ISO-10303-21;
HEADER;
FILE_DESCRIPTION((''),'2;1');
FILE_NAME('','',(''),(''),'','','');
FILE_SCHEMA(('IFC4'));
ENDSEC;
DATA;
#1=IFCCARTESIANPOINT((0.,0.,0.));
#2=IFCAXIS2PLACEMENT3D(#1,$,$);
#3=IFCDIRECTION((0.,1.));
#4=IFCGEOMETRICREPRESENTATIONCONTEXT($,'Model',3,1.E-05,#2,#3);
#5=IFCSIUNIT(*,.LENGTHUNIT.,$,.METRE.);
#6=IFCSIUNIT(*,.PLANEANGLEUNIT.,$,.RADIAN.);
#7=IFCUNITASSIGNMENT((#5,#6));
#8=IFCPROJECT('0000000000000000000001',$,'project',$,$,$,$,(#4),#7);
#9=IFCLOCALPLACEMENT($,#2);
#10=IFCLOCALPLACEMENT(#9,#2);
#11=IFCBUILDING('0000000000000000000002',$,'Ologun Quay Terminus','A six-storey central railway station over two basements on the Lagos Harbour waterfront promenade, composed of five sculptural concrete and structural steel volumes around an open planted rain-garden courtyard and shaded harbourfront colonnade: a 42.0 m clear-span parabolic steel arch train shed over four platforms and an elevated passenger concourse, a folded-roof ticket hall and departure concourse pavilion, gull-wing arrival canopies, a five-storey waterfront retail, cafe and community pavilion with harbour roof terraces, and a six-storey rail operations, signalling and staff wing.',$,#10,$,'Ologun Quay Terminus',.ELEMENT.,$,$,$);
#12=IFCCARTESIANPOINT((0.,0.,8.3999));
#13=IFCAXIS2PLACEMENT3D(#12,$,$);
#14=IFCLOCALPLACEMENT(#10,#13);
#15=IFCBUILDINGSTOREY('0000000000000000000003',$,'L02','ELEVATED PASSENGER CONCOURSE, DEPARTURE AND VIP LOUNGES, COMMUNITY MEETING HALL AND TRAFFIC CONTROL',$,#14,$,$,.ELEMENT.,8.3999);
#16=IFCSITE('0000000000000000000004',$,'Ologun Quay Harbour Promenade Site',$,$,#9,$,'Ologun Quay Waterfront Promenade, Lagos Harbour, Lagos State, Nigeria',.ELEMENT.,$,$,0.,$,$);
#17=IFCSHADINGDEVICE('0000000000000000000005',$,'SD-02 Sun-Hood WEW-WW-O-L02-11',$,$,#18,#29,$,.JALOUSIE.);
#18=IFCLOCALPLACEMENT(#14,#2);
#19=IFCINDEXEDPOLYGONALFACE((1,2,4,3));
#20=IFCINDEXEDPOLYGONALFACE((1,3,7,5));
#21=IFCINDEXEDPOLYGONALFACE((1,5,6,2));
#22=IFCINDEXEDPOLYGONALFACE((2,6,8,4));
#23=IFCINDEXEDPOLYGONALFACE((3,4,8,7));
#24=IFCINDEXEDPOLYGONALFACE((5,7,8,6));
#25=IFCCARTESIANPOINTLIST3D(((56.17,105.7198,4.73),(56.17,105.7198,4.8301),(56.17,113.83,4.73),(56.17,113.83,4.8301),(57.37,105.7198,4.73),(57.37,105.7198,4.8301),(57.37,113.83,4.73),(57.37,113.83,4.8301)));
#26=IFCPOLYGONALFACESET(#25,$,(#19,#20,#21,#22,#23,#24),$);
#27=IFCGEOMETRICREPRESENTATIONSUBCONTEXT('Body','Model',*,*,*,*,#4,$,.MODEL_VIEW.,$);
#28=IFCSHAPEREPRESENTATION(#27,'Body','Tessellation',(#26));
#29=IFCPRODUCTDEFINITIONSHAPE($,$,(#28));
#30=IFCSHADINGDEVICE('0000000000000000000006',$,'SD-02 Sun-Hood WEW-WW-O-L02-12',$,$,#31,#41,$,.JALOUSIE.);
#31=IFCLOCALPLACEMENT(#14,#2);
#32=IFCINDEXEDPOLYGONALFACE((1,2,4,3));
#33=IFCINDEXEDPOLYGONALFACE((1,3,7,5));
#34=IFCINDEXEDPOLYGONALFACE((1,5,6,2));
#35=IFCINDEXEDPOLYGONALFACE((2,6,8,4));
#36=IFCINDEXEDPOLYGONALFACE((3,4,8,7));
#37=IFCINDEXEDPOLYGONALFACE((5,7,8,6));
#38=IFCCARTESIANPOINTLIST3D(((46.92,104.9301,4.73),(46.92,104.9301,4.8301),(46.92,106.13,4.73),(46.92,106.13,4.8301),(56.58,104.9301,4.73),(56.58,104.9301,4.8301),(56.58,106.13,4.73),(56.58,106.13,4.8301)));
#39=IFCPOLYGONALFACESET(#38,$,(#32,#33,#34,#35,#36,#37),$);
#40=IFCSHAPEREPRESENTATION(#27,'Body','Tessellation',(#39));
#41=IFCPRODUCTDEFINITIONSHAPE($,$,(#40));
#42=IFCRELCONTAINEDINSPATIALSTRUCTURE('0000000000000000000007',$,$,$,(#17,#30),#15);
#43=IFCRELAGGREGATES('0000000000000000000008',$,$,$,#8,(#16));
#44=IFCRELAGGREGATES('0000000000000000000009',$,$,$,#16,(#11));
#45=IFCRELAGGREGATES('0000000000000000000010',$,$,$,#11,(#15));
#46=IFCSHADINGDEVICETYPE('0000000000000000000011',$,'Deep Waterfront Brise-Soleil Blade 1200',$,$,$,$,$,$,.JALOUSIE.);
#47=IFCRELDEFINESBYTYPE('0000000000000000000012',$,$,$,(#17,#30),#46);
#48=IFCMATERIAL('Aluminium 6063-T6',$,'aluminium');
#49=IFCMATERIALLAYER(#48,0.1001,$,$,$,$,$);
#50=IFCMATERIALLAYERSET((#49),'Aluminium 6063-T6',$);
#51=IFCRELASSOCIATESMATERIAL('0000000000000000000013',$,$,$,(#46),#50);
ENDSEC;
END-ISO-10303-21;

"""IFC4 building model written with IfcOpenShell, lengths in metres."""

from ifc_helpers import new_model, si_unit, direction, frame, origin, origin_2d, place, context, subcontext, project, spatial, rectangle, extrude, material, layer, layer_set, type_object, element, save


model = new_model("IFC4")

# Units and contexts
model_context = context("Model", 3, precision=1e-05, world=origin(), true_north=direction((0.0, 1.0)))
body_context = subcontext(model_context, "Body", "Model", "MODEL_VIEW")
ifc_project = project(units=[si_unit("LENGTHUNIT", "METRE"), si_unit("PLANEANGLEUNIT", "RADIAN")], contexts=[model_context])

# Site, building, storey
site_placement = place(None, origin())
site = spatial("IfcSite", under=ifc_project, at=site_placement, Name="Ologun Quay Harbour Promenade Site", LongName="Ologun Quay Waterfront Promenade, Lagos Harbour, Lagos State, Nigeria", CompositionType="ELEMENT", RefElevation=0.0)
building_placement = place(site_placement, origin())
building = spatial("IfcBuilding", under=site, at=building_placement, Name="Ologun Quay Terminus", Description="A six-storey central railway station over two basements on the Lagos Harbour waterfront promenade, composed of five sculptural concrete and structural steel volumes around an open planted rain-garden courtyard and shaded harbourfront colonnade: a 42.0 m clear-span parabolic steel arch train shed over four platforms and an elevated passenger concourse, a folded-roof ticket hall and departure concourse pavilion, gull-wing arrival canopies, a five-storey waterfront retail, cafe and community pavilion with harbour roof terraces, and a six-storey rail operations, signalling and staff wing.", LongName="Ologun Quay Terminus", CompositionType="ELEMENT")
storey_placement = place(building_placement, frame((0.0, 0.0, 8.3999)))
storey = spatial("IfcBuildingStorey", under=building, at=storey_placement, Name="L02", Description="ELEVATED PASSENGER CONCOURSE, DEPARTURE AND VIP LOUNGES, COMMUNITY MEETING HALL AND TRAFFIC CONTROL", CompositionType="ELEMENT", Elevation=8.3999)

# Shading devices
ifc_material_1 = material(Name="Aluminium 6063-T6", Category="aluminium")
ifc_layer_1 = layer(ifc_material_1, 0.1001)
ifc_layer_set_1 = layer_set([ifc_layer_1], Name="Aluminium 6063-T6")
shading_device_type = type_object("IfcShadingDeviceType", Name="Deep Waterfront Brise-Soleil Blade 1200", PredefinedType="JALOUSIE", material=ifc_layer_set_1)
shading_device_1_placement = place(storey_placement, frame((56.77, 109.7749, 4.73), z_axis=(0.0, 0.0, 1.0), x_axis=(1.0, 0.0, 0.0)))
element("IfcShadingDevice", 1, at=shading_device_1_placement, inside=storey, type_object=shading_device_type, Name="SD-02 Sun-Hood WEW-WW-O-L02-11", PredefinedType="JALOUSIE", context=body_context, shape_type="SweptSolid", body=[
    extrude(rectangle(XDim=1.2, YDim=8.1101, at=origin_2d()), origin(), (0.0, 0.0, 1.0), 0.1001),
])
shading_device_2_placement = place(storey_placement, frame((51.75, 105.53, 4.73), z_axis=(0.0, 0.0, 1.0), x_axis=(1.0, 0.0, 0.0)))
element("IfcShadingDevice", 2, at=shading_device_2_placement, inside=storey, type_object=shading_device_type, Name="SD-02 Sun-Hood WEW-WW-O-L02-12", PredefinedType="JALOUSIE", context=body_context, shape_type="SweptSolid", body=[
    extrude(rectangle(XDim=9.6599, YDim=1.2, at=origin_2d()), origin(), (0.0, 0.0, 1.0), 0.1001),
])

save(model, "model.ifc")
